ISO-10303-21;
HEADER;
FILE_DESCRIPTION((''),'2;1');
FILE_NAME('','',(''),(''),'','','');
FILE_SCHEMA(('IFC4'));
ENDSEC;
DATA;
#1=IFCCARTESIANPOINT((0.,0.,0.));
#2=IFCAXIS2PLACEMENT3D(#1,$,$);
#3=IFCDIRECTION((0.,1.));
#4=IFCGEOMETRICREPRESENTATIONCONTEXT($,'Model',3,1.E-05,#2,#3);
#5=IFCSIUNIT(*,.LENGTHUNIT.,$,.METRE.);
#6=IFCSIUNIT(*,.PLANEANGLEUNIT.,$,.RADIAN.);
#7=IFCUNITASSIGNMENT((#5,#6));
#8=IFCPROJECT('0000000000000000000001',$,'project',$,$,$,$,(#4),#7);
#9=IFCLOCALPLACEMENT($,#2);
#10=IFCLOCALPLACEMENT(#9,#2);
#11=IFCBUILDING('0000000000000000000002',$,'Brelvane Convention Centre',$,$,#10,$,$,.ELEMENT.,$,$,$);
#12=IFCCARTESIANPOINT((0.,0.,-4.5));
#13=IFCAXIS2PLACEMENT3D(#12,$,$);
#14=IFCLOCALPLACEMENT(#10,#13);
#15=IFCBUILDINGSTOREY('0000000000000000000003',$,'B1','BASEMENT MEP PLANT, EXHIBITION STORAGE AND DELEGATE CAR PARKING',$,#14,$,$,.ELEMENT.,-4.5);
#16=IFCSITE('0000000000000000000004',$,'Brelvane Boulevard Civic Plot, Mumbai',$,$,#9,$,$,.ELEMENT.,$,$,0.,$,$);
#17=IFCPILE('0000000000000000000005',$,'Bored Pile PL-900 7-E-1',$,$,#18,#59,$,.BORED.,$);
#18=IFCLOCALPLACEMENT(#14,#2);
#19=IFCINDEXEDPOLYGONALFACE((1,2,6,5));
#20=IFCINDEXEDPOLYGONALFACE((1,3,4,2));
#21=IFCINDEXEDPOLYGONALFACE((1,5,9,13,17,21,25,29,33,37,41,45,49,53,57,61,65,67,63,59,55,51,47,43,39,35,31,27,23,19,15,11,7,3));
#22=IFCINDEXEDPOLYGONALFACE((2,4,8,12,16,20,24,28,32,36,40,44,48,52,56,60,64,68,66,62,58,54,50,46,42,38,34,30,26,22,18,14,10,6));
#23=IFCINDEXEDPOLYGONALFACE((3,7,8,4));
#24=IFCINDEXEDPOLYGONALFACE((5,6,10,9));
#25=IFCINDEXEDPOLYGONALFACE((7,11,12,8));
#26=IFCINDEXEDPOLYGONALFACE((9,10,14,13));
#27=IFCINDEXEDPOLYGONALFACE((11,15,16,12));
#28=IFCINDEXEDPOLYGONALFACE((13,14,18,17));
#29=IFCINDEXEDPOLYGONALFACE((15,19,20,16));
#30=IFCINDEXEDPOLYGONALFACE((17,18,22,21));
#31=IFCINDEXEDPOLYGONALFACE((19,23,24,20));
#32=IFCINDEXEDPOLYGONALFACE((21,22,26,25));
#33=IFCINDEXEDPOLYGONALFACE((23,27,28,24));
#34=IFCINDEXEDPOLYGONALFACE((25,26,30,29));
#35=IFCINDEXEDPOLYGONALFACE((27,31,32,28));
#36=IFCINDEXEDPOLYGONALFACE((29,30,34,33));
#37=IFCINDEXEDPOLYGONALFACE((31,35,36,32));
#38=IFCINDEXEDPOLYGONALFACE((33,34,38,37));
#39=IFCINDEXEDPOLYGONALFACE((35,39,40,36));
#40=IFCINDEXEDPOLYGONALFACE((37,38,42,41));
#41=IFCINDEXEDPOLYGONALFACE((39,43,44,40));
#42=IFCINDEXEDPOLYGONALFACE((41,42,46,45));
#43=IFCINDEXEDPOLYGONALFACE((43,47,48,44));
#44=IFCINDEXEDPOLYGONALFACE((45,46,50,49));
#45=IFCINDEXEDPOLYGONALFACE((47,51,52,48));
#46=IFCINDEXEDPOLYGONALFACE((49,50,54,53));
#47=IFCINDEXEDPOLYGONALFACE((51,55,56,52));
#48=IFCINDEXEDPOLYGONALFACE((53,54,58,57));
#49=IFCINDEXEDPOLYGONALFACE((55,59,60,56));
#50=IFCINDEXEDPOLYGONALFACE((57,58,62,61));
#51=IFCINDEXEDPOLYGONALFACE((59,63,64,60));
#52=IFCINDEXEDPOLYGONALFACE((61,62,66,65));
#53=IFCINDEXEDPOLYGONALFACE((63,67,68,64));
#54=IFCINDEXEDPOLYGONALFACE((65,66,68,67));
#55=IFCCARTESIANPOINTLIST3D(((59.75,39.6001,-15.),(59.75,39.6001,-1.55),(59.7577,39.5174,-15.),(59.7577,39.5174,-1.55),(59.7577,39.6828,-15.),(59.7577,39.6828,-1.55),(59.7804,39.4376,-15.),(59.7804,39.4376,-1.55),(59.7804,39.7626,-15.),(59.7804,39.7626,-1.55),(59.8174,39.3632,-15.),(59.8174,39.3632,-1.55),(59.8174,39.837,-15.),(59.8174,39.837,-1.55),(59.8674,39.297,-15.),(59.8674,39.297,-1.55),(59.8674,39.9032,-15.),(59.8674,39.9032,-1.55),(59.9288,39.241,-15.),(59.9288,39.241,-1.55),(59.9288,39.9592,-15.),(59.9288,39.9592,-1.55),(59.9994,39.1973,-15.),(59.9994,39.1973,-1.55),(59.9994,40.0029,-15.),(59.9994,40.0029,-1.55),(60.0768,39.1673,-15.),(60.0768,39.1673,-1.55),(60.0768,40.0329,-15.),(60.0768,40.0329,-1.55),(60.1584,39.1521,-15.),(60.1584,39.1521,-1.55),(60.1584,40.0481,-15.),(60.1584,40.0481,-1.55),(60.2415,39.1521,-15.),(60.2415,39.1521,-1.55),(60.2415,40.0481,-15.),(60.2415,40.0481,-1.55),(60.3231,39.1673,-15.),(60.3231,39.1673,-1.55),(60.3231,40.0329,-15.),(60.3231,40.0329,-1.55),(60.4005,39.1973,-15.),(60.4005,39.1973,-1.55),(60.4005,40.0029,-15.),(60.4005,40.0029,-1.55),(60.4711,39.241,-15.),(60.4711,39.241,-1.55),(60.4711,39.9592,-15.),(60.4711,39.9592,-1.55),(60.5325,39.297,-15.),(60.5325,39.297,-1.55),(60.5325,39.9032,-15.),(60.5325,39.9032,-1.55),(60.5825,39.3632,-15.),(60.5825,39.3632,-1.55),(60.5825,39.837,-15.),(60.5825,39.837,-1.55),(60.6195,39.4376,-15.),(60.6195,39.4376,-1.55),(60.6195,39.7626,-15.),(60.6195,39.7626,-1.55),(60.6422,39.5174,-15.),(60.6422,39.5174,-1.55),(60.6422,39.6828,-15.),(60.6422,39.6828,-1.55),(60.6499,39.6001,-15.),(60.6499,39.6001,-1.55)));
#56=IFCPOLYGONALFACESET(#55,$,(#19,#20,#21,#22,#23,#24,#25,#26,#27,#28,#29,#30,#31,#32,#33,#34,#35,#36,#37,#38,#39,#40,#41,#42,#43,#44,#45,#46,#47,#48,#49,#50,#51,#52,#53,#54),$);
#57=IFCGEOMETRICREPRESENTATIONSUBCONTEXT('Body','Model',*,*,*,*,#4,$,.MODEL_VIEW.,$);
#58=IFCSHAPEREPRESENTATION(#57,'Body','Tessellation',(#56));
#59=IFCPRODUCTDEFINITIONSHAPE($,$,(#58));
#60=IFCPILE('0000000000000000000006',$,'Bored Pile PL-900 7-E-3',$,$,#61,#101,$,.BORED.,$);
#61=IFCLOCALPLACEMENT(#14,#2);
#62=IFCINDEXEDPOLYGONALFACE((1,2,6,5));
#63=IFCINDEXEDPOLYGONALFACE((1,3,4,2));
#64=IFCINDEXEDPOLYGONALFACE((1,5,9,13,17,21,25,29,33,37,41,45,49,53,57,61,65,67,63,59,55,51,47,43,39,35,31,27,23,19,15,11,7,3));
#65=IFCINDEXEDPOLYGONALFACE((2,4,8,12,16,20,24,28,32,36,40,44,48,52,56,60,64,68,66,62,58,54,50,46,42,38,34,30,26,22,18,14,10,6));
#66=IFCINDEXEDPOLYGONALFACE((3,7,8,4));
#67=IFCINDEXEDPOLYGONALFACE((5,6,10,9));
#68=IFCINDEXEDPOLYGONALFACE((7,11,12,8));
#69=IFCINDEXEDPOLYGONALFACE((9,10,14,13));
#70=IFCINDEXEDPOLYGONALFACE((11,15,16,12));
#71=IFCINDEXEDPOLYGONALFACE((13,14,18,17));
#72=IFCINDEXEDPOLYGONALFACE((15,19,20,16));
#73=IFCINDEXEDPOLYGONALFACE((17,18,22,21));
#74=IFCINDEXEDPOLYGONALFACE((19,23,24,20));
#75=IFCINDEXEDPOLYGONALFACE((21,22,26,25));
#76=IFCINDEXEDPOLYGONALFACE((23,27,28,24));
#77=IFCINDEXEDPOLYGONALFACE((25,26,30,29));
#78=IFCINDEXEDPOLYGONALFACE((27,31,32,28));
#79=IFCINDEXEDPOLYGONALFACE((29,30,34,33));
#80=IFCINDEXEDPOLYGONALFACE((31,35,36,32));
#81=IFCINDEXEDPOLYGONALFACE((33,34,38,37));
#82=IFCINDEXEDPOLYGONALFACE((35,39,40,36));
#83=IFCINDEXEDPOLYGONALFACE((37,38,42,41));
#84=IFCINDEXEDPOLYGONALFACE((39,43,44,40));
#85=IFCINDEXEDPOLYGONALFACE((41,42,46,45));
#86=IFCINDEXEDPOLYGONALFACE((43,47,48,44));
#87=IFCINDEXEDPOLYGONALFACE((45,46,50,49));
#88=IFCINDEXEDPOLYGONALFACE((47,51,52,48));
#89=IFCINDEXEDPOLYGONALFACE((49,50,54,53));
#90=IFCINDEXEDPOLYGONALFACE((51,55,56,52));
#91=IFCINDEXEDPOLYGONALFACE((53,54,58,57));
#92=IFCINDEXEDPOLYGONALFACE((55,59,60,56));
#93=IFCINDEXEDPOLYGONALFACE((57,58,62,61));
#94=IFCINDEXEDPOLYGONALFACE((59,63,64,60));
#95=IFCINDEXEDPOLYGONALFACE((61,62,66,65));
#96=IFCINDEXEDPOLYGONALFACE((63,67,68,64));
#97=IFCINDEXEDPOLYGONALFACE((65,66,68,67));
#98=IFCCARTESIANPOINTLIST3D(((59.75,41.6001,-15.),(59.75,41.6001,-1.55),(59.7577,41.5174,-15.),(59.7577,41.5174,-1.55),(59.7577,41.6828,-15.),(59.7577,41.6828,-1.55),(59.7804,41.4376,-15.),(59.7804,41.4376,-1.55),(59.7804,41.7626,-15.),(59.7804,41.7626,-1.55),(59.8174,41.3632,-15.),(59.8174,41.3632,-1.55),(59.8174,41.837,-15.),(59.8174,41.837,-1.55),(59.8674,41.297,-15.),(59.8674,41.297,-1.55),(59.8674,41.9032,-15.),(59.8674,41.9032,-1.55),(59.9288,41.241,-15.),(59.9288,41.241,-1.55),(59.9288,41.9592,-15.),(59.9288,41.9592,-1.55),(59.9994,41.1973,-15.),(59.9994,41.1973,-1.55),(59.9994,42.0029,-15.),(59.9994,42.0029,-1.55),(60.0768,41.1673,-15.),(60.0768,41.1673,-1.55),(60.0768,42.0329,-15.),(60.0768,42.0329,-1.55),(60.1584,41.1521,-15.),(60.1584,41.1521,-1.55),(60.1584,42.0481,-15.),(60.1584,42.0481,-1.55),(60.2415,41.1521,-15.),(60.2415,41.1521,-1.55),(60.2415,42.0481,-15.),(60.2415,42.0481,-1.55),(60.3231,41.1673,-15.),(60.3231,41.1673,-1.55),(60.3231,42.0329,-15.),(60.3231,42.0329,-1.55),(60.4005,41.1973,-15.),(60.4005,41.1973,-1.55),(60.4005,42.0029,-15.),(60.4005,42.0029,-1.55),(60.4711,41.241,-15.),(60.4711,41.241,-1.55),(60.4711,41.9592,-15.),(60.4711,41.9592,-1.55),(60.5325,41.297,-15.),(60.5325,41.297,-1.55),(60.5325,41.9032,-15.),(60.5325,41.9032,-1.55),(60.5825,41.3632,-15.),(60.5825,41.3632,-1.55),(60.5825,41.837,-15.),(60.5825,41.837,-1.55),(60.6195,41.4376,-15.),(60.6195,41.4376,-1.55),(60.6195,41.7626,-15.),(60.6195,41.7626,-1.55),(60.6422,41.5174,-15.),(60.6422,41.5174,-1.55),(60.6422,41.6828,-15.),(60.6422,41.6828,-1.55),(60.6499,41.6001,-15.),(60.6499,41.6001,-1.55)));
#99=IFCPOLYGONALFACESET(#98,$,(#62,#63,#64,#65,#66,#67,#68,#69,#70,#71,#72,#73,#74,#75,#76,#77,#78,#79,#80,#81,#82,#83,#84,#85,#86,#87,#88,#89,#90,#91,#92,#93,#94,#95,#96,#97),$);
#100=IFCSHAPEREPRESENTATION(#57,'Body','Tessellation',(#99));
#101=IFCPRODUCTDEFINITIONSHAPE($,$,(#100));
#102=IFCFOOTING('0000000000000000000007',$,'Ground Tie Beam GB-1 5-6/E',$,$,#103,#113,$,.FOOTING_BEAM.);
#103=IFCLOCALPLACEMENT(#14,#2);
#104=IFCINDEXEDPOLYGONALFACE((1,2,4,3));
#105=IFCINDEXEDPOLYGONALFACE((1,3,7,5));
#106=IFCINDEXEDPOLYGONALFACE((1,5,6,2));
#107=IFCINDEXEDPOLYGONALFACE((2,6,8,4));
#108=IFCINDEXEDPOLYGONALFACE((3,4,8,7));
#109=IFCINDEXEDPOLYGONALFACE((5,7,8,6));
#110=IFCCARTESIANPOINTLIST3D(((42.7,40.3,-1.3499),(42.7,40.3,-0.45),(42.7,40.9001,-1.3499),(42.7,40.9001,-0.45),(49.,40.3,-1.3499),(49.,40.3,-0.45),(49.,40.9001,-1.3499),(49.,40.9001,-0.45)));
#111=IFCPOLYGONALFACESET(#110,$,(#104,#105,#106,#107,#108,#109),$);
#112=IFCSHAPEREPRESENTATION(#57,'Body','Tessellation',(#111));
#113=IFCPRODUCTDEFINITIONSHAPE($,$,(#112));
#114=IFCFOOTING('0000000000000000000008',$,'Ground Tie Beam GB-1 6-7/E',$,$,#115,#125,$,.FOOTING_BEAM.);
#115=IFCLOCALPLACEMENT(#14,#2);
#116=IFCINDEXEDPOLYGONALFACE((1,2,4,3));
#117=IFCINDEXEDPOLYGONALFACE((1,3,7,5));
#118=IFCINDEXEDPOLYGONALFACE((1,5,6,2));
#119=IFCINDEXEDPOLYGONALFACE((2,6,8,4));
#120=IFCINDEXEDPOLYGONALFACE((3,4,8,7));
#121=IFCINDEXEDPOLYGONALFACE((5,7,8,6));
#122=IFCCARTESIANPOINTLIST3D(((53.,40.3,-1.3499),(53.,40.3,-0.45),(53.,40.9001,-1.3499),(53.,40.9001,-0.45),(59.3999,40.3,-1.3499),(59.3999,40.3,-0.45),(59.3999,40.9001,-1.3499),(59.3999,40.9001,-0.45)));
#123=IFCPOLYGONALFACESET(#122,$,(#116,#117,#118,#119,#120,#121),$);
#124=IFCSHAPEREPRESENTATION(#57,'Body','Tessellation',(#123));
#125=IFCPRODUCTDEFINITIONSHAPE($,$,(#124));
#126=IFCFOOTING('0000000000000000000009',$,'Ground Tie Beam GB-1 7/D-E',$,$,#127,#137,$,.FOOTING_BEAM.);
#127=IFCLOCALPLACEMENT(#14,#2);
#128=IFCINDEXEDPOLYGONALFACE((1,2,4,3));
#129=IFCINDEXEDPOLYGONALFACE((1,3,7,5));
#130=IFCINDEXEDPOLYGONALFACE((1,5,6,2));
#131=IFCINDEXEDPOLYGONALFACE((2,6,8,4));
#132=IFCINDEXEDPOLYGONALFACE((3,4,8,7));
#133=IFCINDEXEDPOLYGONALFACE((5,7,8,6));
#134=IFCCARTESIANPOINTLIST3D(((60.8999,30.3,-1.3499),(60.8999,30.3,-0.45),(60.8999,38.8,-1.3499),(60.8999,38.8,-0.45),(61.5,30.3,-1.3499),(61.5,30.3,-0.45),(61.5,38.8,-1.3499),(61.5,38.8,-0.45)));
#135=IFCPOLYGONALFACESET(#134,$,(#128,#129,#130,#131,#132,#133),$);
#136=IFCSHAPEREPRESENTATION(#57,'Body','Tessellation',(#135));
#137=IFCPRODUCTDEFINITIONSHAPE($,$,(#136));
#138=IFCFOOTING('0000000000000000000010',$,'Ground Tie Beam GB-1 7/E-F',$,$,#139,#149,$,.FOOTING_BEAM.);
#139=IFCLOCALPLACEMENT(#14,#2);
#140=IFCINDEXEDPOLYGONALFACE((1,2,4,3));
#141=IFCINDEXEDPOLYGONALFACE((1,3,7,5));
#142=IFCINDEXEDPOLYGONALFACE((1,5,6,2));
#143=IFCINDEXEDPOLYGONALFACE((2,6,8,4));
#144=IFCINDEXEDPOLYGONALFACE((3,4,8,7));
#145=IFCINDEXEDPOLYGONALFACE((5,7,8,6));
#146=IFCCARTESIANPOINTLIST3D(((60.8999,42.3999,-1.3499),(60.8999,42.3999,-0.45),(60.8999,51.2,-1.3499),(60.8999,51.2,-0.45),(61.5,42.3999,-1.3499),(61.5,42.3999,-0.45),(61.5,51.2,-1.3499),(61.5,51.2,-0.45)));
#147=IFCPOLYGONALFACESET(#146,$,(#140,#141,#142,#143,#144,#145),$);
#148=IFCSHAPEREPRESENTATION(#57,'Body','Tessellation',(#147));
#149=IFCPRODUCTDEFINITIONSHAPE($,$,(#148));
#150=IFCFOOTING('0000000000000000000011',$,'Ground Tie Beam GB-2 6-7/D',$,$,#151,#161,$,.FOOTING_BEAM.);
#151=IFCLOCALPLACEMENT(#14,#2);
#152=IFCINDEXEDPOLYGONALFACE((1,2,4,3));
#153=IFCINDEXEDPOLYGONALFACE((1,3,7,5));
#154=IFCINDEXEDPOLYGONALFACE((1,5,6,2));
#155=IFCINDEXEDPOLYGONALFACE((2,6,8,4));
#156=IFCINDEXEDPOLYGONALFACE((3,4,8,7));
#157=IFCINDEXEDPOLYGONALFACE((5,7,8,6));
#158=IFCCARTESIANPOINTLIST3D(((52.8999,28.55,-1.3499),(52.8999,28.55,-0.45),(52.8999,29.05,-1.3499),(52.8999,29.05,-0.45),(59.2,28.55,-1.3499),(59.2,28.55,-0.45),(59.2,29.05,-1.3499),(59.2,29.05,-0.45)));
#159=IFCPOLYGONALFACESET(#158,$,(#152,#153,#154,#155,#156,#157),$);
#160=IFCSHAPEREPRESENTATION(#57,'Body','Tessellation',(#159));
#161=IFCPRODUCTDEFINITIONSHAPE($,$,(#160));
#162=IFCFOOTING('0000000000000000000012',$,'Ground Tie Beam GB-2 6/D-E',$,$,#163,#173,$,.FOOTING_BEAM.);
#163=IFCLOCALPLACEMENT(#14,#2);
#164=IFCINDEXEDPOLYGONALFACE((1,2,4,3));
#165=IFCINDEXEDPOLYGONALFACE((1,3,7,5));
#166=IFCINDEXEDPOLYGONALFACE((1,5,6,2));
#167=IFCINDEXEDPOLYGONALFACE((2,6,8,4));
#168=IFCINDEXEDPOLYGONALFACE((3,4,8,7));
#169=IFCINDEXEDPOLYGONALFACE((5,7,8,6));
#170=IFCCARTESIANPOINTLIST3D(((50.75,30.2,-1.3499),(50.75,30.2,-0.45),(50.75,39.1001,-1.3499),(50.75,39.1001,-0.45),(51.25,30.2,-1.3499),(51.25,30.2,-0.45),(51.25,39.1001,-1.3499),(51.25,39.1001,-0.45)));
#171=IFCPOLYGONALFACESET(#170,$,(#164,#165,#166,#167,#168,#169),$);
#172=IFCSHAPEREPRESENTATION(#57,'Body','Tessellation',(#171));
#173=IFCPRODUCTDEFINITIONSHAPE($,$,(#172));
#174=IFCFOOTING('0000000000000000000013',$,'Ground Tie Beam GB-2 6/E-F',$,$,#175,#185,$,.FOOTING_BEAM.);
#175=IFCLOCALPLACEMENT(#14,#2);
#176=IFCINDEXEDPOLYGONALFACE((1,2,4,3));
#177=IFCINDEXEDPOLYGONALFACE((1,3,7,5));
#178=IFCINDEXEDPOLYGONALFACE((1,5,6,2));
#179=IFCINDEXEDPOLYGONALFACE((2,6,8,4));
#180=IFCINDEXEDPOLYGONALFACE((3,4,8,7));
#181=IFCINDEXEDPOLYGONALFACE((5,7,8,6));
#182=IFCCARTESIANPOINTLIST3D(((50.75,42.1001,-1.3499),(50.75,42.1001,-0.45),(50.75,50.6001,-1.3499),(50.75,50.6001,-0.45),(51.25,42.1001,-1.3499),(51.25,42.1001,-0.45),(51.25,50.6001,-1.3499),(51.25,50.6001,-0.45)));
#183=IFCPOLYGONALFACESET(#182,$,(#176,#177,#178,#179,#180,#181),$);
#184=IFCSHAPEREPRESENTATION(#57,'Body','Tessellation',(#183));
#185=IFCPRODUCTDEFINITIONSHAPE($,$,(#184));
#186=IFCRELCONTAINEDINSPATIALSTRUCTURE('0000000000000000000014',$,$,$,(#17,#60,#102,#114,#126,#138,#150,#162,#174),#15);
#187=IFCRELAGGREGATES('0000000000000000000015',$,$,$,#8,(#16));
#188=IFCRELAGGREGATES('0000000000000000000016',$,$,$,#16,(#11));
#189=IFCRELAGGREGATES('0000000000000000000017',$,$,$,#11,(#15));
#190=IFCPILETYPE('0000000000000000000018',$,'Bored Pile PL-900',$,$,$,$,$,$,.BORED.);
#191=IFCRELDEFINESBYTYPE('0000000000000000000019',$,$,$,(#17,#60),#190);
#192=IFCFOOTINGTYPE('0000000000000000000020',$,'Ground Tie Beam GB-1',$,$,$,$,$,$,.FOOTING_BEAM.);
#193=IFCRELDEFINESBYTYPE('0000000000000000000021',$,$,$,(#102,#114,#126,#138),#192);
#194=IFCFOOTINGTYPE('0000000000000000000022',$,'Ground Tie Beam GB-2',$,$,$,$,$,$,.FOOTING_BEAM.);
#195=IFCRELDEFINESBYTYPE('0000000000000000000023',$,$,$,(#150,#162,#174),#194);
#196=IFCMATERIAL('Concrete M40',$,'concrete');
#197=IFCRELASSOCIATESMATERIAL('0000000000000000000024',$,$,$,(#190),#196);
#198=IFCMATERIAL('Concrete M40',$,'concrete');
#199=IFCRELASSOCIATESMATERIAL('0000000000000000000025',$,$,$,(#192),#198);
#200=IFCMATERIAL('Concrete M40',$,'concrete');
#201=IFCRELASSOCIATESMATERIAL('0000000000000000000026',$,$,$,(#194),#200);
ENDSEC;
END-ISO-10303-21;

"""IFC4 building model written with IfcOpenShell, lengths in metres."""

from ifc_helpers import new_model, si_unit, direction, frame, origin, origin_2d, place, context, subcontext, project, spatial, rectangle, circle, extrude, material, material_profile, profile_set, type_object, element, save


model = new_model("IFC4")

# Units and contexts
model_context = context("Model", 3, precision=1e-05, world=origin(), true_north=direction((0.0, 1.0)))
body_context = subcontext(model_context, "Body", "Model", "MODEL_VIEW")
ifc_project = project(units=[si_unit("LENGTHUNIT", "METRE"), si_unit("PLANEANGLEUNIT", "RADIAN")], contexts=[model_context])

# Site, building, storey
site_placement = place(None, origin())
site = spatial("IfcSite", under=ifc_project, at=site_placement, Name="Brelvane Boulevard Civic Plot, Mumbai", CompositionType="ELEMENT", RefElevation=0.0)
building_placement = place(site_placement, origin())
building = spatial("IfcBuilding", under=site, at=building_placement, Name="Brelvane Convention Centre", CompositionType="ELEMENT")
storey_placement = place(building_placement, frame((0.0, 0.0, -4.5)))
storey = spatial("IfcBuildingStorey", under=building, at=storey_placement, Name="B1", Description="BASEMENT MEP PLANT, EXHIBITION STORAGE AND DELEGATE CAR PARKING", CompositionType="ELEMENT", Elevation=-4.5)

# Piles
ifc_material_1 = material(Name="Concrete M40", Category="concrete")
ifc_material_profile_1 = material_profile(ifc_material_1, circle(Radius=0.45, at=origin_2d()), Name="PILE D900")
ifc_profile_set_1 = profile_set([ifc_material_profile_1], Name="Concrete M40")
pile_type = type_object("IfcPileType", Name="Bored Pile PL-900", PredefinedType="BORED", material=ifc_profile_set_1)
for number, where, z_axis, x_axis, name in (
    (1, (60.2, 39.6001, -1.55), (0.0, 0.0, -1.0), (1.0, 0.0, 0.0), "Bored Pile PL-900 7-E-1"),
    (2, (60.2, 41.6001, -1.55), (0.0, 0.0, -1.0), (1.0, 0.0, 0.0), "Bored Pile PL-900 7-E-3"),
):
    element("IfcPile", number, at=place(storey_placement, frame(where, z_axis=z_axis, x_axis=x_axis)), inside=storey, type_object=pile_type, Name=name, PredefinedType="BORED", context=body_context, shape_type="SweptSolid", body=[
        extrude(circle(Radius=0.45, at=origin_2d()), origin(), (0.0, 0.0, 1.0), 13.45),
    ])

# Footings
ifc_material_2 = material(Name="Concrete M40", Category="concrete")
ifc_material_profile_2 = material_profile(ifc_material_2, rectangle(XDim=0.6001, YDim=0.8999, at=origin_2d()), Name="RC 600x900")
ifc_profile_set_2 = profile_set([ifc_material_profile_2], Name="Concrete M40")
footing_type_1 = type_object("IfcFootingType", Name="Ground Tie Beam GB-1", PredefinedType="FOOTING_BEAM", material=ifc_profile_set_2)
footing_1_placement = place(storey_placement, frame((42.7, 40.6001, -0.8999), z_axis=(1.0, 0.0, 0.0), x_axis=(0.0, 1.0, 0.0)))
element("IfcFooting", 3, at=footing_1_placement, inside=storey, type_object=footing_type_1, Name="Ground Tie Beam GB-1 5-6/E", PredefinedType="FOOTING_BEAM", context=body_context, shape_type="SweptSolid", body=[
    extrude(rectangle(XDim=0.6001, YDim=0.8999, at=origin_2d()), origin(), (0.0, 0.0, 1.0), 6.3),
])
footing_2_placement = place(storey_placement, frame((53.0, 40.6001, -0.8999), z_axis=(1.0, 0.0, 0.0), x_axis=(0.0, 1.0, 0.0)))
element("IfcFooting", 4, at=footing_2_placement, inside=storey, type_object=footing_type_1, Name="Ground Tie Beam GB-1 6-7/E", PredefinedType="FOOTING_BEAM", context=body_context, shape_type="SweptSolid", body=[
    extrude(rectangle(XDim=0.6001, YDim=0.8999, at=origin_2d()), origin(), (0.0, 0.0, 1.0), 6.3999),
])
footing_3_placement = place(storey_placement, frame((61.2, 30.3, -0.8999), z_axis=(0.0, 1.0, 0.0), x_axis=(-1.0, 0.0, 0.0)))
element("IfcFooting", 5, at=footing_3_placement, inside=storey, type_object=footing_type_1, Name="Ground Tie Beam GB-1 7/D-E", PredefinedType="FOOTING_BEAM", context=body_context, shape_type="SweptSolid", body=[
    extrude(rectangle(XDim=0.6001, YDim=0.8999, at=origin_2d()), origin(), (0.0, 0.0, 1.0), 8.5),
])
footing_4_placement = place(storey_placement, frame((61.2, 42.3999, -0.8999), z_axis=(0.0, 1.0, 0.0), x_axis=(-1.0, 0.0, 0.0)))
element("IfcFooting", 6, at=footing_4_placement, inside=storey, type_object=footing_type_1, Name="Ground Tie Beam GB-1 7/E-F", PredefinedType="FOOTING_BEAM", context=body_context, shape_type="SweptSolid", body=[
    extrude(rectangle(XDim=0.6001, YDim=0.8999, at=origin_2d()), origin(), (0.0, 0.0, 1.0), 8.8),
])
ifc_material_3 = material(Name="Concrete M40", Category="concrete")
ifc_material_profile_3 = material_profile(ifc_material_3, rectangle(XDim=0.5, YDim=0.8999, at=origin_2d()), Name="RC 500x900")
ifc_profile_set_3 = profile_set([ifc_material_profile_3], Name="Concrete M40")
footing_type_2 = type_object("IfcFootingType", Name="Ground Tie Beam GB-2", PredefinedType="FOOTING_BEAM", material=ifc_profile_set_3)
footing_5_placement = place(storey_placement, frame((52.8999, 28.8, -0.8999), z_axis=(1.0, 0.0, 0.0), x_axis=(0.0, 1.0, 0.0)))
element("IfcFooting", 7, at=footing_5_placement, inside=storey, type_object=footing_type_2, Name="Ground Tie Beam GB-2 6-7/D", PredefinedType="FOOTING_BEAM", context=body_context, shape_type="SweptSolid", body=[
    extrude(rectangle(XDim=0.5, YDim=0.8999, at=origin_2d()), origin(), (0.0, 0.0, 1.0), 6.3),
])
footing_6_placement = place(storey_placement, frame((51.0, 30.2, -0.8999), z_axis=(0.0, 1.0, 0.0), x_axis=(-1.0, 0.0, 0.0)))
element("IfcFooting", 8, at=footing_6_placement, inside=storey, type_object=footing_type_2, Name="Ground Tie Beam GB-2 6/D-E", PredefinedType="FOOTING_BEAM", context=body_context, shape_type="SweptSolid", body=[
    extrude(rectangle(XDim=0.5, YDim=0.8999, at=origin_2d()), origin(), (0.0, 0.0, 1.0), 8.9001),
])
footing_7_placement = place(storey_placement, frame((51.0, 42.1001, -0.8999), z_axis=(0.0, 1.0, 0.0), x_axis=(-1.0, 0.0, 0.0)))
element("IfcFooting", 9, at=footing_7_placement, inside=storey, type_object=footing_type_2, Name="Ground Tie Beam GB-2 6/E-F", PredefinedType="FOOTING_BEAM", context=body_context, shape_type="SweptSolid", body=[
    extrude(rectangle(XDim=0.5, YDim=0.8999, at=origin_2d()), origin(), (0.0, 0.0, 1.0), 8.5),
])

save(model, "model.ifc")
